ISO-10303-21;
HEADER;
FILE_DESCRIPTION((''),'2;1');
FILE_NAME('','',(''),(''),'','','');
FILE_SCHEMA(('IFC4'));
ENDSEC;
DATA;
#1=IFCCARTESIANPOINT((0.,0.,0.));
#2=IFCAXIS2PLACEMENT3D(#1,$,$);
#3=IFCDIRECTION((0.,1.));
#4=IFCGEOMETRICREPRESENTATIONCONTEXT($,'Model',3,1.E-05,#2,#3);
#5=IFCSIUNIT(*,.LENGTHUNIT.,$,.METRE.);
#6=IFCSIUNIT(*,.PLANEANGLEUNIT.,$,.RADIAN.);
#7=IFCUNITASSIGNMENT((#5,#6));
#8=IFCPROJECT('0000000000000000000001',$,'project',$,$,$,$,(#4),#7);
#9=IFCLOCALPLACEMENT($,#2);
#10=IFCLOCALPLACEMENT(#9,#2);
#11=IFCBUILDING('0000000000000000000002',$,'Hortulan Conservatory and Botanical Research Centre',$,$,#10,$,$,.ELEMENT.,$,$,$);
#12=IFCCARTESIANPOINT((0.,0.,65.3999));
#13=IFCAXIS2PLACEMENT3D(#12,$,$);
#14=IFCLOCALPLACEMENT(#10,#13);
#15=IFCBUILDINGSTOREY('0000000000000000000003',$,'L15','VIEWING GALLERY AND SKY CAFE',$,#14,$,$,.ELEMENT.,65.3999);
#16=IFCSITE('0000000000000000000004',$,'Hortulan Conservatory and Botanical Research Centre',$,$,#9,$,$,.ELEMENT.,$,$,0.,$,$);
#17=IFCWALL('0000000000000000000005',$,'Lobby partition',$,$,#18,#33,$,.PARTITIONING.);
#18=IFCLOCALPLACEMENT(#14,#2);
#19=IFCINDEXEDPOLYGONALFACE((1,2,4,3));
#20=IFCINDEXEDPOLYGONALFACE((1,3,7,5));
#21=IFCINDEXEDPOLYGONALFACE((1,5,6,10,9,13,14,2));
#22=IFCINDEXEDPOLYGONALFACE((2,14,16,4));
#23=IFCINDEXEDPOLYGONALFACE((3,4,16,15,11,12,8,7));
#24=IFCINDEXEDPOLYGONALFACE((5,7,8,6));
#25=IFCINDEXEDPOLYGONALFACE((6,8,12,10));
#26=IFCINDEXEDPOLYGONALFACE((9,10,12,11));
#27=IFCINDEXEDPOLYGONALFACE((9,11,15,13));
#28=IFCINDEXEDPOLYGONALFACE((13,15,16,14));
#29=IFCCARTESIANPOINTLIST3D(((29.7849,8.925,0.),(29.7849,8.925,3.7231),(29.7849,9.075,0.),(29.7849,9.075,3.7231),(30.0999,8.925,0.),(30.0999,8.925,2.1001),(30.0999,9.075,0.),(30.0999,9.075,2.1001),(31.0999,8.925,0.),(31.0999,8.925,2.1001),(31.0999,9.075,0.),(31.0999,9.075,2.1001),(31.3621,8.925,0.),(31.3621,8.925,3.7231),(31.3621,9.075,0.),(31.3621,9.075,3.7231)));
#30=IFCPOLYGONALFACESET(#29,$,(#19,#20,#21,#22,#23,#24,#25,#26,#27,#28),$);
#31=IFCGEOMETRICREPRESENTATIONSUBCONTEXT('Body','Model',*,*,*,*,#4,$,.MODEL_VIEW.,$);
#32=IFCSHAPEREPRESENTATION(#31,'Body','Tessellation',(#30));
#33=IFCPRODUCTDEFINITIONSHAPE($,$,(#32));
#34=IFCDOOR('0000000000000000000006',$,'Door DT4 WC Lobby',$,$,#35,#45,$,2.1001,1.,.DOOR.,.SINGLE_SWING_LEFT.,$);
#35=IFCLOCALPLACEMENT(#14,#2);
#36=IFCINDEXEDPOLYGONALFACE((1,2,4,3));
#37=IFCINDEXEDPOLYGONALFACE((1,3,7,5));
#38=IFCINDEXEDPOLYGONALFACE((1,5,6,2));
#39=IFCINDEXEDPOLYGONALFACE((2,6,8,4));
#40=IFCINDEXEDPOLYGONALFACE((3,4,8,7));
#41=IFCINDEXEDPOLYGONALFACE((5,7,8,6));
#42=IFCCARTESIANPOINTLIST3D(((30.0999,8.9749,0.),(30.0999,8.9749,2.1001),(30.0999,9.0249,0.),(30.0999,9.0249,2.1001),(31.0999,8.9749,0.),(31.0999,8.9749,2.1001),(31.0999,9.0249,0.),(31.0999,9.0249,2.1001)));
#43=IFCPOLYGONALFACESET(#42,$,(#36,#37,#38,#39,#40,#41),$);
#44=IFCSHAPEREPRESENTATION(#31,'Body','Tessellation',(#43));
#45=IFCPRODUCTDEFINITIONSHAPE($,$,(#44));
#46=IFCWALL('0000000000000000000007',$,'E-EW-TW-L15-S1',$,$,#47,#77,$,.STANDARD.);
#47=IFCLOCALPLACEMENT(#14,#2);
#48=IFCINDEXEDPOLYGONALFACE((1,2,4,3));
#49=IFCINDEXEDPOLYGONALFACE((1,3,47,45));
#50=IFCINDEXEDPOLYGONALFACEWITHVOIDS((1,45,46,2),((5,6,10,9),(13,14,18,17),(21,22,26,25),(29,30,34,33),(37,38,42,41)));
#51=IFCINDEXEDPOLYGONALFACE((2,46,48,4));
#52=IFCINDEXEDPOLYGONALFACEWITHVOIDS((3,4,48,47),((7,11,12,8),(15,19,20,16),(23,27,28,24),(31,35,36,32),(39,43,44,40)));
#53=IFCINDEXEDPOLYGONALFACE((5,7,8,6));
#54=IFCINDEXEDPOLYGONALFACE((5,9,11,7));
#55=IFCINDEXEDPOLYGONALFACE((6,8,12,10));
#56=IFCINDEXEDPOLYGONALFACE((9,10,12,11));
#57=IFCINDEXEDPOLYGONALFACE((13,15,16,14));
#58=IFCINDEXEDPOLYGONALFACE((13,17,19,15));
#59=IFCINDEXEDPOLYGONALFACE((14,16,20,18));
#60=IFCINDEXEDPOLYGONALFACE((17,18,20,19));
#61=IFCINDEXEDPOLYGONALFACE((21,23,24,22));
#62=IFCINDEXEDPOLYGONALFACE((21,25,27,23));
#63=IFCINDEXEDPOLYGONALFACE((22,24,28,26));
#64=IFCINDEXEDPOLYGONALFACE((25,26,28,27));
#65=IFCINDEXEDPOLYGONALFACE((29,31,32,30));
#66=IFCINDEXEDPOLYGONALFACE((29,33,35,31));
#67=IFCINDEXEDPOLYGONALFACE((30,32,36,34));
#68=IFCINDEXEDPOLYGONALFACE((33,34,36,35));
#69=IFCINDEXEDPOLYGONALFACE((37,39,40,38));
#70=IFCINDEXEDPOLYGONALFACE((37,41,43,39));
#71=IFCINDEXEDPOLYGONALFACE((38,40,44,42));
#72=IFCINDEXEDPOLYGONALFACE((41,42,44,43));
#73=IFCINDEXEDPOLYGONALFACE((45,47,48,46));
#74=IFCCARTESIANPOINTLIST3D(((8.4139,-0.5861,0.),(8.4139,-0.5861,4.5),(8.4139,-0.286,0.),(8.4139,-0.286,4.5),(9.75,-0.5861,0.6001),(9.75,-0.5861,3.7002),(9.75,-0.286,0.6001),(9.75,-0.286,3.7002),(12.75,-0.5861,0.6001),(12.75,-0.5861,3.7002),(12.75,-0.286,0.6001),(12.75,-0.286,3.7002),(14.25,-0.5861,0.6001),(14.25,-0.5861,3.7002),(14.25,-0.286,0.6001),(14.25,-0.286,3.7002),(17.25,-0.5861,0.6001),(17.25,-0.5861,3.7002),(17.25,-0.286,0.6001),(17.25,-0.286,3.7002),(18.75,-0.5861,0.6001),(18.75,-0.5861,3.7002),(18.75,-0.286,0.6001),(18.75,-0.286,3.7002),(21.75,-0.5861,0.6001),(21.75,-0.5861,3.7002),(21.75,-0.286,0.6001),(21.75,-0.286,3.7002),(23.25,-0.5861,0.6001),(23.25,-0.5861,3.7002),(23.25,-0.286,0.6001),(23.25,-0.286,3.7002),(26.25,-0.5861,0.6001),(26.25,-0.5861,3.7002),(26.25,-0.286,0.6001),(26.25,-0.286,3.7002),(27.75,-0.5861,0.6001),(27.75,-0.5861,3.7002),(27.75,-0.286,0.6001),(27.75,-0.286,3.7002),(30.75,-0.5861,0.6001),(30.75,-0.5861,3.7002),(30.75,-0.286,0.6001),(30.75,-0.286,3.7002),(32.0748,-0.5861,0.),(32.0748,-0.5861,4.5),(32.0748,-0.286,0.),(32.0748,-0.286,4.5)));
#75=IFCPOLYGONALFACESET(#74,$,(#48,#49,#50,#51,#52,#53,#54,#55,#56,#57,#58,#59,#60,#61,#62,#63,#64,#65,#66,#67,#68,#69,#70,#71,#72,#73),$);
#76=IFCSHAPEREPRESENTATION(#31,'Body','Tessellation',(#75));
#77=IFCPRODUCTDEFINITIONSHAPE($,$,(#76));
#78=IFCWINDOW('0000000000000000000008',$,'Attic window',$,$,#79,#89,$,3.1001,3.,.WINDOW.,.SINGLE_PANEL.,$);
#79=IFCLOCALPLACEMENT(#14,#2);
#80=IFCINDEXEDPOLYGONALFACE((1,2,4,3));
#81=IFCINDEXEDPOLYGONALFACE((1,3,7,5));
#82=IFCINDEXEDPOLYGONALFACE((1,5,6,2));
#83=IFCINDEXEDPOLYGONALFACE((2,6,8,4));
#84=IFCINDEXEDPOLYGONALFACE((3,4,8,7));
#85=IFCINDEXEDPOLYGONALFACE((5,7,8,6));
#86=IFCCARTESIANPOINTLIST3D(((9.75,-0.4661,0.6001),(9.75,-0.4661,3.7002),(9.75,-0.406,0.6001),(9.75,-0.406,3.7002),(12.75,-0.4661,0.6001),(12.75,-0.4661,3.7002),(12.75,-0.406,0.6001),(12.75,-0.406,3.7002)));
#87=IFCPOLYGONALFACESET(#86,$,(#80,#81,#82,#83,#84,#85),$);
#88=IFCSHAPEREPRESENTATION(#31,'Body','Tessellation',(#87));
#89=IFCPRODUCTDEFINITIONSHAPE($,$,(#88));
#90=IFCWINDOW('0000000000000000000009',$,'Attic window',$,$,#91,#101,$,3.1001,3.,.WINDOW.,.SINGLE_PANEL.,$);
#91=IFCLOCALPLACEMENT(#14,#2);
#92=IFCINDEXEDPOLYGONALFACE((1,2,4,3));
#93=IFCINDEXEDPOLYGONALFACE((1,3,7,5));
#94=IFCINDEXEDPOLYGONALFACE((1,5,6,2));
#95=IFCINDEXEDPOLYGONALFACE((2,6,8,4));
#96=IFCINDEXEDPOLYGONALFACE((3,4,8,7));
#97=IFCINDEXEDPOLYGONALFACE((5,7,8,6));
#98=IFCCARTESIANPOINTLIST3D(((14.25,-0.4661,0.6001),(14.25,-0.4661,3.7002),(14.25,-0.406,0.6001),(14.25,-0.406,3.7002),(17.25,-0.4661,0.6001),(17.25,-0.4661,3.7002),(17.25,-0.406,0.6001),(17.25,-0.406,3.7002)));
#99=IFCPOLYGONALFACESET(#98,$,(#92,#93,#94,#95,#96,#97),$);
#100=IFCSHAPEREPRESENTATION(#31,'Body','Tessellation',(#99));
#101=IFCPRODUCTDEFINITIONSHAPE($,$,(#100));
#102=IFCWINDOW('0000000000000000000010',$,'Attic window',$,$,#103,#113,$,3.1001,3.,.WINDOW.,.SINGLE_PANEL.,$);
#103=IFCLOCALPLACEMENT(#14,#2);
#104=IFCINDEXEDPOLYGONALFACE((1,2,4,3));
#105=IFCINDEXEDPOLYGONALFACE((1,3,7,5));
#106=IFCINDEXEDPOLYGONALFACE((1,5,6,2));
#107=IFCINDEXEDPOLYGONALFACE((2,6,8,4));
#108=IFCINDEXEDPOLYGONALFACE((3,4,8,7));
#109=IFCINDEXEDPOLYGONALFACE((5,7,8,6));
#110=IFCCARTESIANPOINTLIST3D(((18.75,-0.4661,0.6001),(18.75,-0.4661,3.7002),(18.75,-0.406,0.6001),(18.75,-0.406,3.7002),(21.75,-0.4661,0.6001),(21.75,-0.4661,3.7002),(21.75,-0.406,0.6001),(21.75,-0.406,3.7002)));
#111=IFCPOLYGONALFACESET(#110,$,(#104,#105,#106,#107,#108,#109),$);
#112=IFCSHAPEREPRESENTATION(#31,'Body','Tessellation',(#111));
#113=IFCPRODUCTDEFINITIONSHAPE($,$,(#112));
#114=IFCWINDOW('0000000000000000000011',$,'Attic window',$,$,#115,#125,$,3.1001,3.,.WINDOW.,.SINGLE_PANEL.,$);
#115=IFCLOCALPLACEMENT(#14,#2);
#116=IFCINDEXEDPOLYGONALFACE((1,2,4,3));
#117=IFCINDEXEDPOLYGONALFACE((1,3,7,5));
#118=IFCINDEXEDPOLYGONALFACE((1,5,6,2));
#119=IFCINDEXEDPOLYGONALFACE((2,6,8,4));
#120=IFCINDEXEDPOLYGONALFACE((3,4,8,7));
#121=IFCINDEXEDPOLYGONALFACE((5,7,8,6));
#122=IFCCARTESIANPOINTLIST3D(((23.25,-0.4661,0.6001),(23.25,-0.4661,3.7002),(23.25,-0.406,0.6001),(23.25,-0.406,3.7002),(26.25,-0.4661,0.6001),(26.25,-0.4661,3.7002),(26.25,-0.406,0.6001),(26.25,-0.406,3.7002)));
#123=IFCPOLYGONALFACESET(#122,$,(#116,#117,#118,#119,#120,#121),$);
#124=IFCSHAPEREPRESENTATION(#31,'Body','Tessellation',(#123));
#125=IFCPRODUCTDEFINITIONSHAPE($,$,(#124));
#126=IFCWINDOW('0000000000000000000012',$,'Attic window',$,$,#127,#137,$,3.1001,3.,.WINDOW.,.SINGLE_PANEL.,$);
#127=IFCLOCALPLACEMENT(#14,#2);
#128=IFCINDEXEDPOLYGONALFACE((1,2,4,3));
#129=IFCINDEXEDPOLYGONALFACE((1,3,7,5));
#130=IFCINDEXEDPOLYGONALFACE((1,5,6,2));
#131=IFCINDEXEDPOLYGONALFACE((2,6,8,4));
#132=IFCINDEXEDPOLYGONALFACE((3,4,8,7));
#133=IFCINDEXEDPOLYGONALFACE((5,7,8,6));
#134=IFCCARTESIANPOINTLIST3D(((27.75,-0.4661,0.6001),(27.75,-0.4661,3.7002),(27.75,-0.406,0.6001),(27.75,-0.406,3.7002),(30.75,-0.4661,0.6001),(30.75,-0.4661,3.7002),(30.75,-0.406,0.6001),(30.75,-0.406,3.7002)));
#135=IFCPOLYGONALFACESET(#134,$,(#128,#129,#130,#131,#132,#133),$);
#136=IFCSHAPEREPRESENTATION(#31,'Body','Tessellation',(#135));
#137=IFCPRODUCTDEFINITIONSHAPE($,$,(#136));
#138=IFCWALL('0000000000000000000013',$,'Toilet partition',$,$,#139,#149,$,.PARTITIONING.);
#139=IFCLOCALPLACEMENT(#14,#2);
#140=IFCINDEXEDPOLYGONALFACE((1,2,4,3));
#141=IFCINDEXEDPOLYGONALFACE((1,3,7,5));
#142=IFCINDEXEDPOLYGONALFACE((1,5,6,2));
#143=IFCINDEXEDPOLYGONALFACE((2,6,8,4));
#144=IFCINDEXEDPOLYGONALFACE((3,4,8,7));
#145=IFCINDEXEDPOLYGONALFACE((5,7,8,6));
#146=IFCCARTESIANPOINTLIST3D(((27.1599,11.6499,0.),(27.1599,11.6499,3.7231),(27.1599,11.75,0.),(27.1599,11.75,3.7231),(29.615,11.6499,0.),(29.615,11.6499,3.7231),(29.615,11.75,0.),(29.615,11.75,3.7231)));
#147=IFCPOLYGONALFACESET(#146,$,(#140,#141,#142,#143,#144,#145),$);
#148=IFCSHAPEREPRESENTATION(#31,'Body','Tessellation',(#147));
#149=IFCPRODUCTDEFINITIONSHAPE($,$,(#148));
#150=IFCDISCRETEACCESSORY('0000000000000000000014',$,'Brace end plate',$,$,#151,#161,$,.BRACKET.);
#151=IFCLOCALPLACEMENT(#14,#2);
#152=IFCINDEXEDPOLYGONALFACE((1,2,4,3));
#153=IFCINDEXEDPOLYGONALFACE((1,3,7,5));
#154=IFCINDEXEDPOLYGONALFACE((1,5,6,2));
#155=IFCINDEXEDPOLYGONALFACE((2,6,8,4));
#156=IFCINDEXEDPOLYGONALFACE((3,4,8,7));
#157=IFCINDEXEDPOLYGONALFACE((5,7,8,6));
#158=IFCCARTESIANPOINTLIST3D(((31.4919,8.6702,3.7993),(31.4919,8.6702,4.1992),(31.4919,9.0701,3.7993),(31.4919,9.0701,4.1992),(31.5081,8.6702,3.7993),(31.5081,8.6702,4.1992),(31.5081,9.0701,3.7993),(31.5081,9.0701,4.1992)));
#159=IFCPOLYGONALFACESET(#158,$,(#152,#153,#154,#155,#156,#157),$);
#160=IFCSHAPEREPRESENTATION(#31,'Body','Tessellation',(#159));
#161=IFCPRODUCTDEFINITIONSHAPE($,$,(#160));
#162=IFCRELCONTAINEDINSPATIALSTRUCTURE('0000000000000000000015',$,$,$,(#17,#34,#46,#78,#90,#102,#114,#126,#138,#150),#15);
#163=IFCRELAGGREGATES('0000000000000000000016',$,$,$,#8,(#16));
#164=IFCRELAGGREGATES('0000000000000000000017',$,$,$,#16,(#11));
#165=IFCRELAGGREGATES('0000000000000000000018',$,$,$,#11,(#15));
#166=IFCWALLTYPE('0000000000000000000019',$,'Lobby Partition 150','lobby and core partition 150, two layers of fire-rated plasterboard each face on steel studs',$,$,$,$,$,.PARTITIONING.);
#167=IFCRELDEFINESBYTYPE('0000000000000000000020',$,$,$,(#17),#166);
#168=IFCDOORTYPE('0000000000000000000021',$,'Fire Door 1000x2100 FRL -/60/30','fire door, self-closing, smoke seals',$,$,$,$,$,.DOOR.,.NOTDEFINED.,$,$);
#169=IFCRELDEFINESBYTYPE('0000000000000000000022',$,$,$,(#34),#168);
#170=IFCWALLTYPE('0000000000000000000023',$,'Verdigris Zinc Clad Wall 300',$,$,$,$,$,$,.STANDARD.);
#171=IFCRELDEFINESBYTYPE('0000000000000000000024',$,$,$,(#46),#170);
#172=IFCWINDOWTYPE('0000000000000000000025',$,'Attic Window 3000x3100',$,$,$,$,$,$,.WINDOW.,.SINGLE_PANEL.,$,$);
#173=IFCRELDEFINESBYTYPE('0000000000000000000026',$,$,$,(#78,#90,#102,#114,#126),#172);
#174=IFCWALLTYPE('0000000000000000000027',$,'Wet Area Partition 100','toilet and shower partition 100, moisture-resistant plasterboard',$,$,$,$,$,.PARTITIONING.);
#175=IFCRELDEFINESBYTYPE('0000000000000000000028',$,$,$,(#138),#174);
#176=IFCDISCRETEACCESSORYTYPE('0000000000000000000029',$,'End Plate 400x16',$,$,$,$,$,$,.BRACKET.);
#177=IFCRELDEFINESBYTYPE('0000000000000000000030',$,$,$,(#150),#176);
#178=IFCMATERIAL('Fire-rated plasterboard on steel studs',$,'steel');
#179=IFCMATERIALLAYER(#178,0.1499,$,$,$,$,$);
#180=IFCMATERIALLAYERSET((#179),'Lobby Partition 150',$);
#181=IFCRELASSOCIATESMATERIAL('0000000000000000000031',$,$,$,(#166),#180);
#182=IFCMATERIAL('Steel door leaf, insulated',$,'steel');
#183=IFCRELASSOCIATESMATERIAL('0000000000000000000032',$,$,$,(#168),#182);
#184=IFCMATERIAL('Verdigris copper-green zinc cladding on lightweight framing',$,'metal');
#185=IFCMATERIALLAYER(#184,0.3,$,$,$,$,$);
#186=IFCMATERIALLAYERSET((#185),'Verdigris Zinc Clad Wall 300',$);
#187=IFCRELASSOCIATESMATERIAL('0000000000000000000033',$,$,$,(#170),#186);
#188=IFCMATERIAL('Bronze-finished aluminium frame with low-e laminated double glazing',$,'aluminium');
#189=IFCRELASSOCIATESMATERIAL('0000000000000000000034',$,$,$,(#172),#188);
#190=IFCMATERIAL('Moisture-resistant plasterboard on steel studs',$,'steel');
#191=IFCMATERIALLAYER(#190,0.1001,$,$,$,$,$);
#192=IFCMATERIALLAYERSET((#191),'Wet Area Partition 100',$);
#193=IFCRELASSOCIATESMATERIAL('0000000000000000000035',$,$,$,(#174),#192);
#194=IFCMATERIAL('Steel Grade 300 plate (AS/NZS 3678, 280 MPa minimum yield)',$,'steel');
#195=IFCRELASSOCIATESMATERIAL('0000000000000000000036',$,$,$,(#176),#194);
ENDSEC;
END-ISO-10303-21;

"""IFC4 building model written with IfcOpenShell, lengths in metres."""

from ifc_helpers import new_model, si_unit, direction, frame, frame_2d, origin, origin_2d, place, context, subcontext, project, spatial, rectangle, extrude, material, layer, layer_set, type_object, element, fill, save


model = new_model("IFC4")

# Units and contexts
model_context = context("Model", 3, precision=1e-05, world=origin(), true_north=direction((0.0, 1.0)))
body_context = subcontext(model_context, "Body", "Model", "MODEL_VIEW")
ifc_project = project(units=[si_unit("LENGTHUNIT", "METRE"), si_unit("PLANEANGLEUNIT", "RADIAN")], contexts=[model_context])

# Site, building, storey
site_placement = place(None, origin())
site = spatial("IfcSite", under=ifc_project, at=site_placement, Name="Hortulan Conservatory and Botanical Research Centre", CompositionType="ELEMENT", RefElevation=0.0)
building_placement = place(site_placement, origin())
building = spatial("IfcBuilding", under=site, at=building_placement, Name="Hortulan Conservatory and Botanical Research Centre", CompositionType="ELEMENT")
storey_placement = place(building_placement, frame((0.0, 0.0, 65.3999)))
storey = spatial("IfcBuildingStorey", under=building, at=storey_placement, Name="L15", Description="VIEWING GALLERY AND SKY CAFE", CompositionType="ELEMENT", Elevation=65.3999)

# Shared definitions
ifc_material_1 = material(Name="Fire-rated plasterboard on steel studs", Category="steel")
ifc_material_2 = material(Name="Steel door leaf, insulated", Category="steel")

# Wall, opening, door
ifc_layer_1 = layer(ifc_material_1, 0.1499)
ifc_layer_set_1 = layer_set([ifc_layer_1], Name="Lobby Partition 150")
wall_type_1 = type_object("IfcWallType", Name="Lobby Partition 150", Description="lobby and core partition 150, two layers of fire-rated plasterboard each face on steel studs", PredefinedType="PARTITIONING", material=ifc_layer_set_1)
door_type_1 = type_object("IfcDoorType", Name="Fire Door 1000x2100 FRL -/60/30", Description="fire door, self-closing, smoke seals", OperationType="NOTDEFINED", PredefinedType="DOOR", material=ifc_material_2)
wall_1_placement = place(storey_placement, frame((29.7849, 9.0, 0.0), z_axis=(0.0, 0.0, 1.0), x_axis=(1.0, 0.0, 0.0)))
wall_1 = element("IfcWall", 1, at=wall_1_placement, inside=storey, type_object=wall_type_1, Name="Lobby partition", PredefinedType="PARTITIONING", context=body_context, shape_type="SweptSolid", body=[
    extrude(rectangle(XDim=1.5771, YDim=0.1499, at=frame_2d((0.7886, 0.0))), origin(), (0.0, 0.0, 1.0), 3.7231),
])
opening_1_placement = place(wall_1_placement, frame((0.3149, 0.0, 0.0)))
opening_1 = element("IfcOpeningElement", 2, at=opening_1_placement, cuts=wall_1, PredefinedType="OPENING", context=body_context, shape_type="SweptSolid", body=[
    extrude(rectangle(XDim=1.0, YDim=2.1001, at=frame_2d((0.5, 1.05))), frame((0.0, 0.085, 0.0), z_axis=(0.0, -1.0, 0.0), x_axis=(1.0, 0.0, 0.0)), (0.0, 0.0, 1.0), 0.1699),
])
door_1_placement = place(opening_1_placement, origin())
door_1 = element("IfcDoor", 3, at=door_1_placement, inside=storey, type_object=door_type_1, Name="Door DT4 WC Lobby", OperationType="SINGLE_SWING_LEFT", OverallHeight=2.1001, OverallWidth=1.0, PredefinedType="DOOR", context=body_context, shape_type="SweptSolid", body=[
    extrude(rectangle(XDim=1.0, YDim=2.1001, at=frame_2d((0.5, 1.05))), frame((0.0, 0.0249, 0.0), z_axis=(0.0, -1.0, 0.0), x_axis=(1.0, 0.0, 0.0)), (0.0, 0.0, 1.0), 0.05),
])
fill(opening_1, door_1)

# Wall, openings, windows
ifc_material_3 = material(Name="Verdigris copper-green zinc cladding on lightweight framing", Category="metal")
ifc_layer_2 = layer(ifc_material_3, 0.3)
ifc_layer_set_2 = layer_set([ifc_layer_2], Name="Verdigris Zinc Clad Wall 300")
wall_type_2 = type_object("IfcWallType", Name="Verdigris Zinc Clad Wall 300", PredefinedType="STANDARD", material=ifc_layer_set_2)
wall_2_placement = place(storey_placement, frame((32.075, -0.436, 0.0), z_axis=(0.0, 0.0, 1.0), x_axis=(-1.0, 0.0, 0.0)))
wall_2 = element("IfcWall", 4, at=wall_2_placement, inside=storey, type_object=wall_type_2, Name="E-EW-TW-L15-S1", PredefinedType="STANDARD", context=body_context, shape_type="SweptSolid", body=[
    extrude(rectangle(XDim=23.6609, YDim=0.3, at=frame_2d((11.8306, 0.0))), origin(), (0.0, 0.0, 1.0), 4.5),
])
opening_2_placement = place(wall_2_placement, frame((19.325, 0.0, 0.6001)))
opening_2 = element("IfcOpeningElement", 5, at=opening_2_placement, cuts=wall_2, PredefinedType="OPENING", context=body_context, shape_type="SweptSolid", body=[
    extrude(rectangle(XDim=3.0, YDim=3.1001, at=frame_2d((1.5, 1.55))), frame((0.0, 0.1599, 0.0), z_axis=(0.0, -1.0, 0.0), x_axis=(1.0, 0.0, 0.0)), (0.0, 0.0, 1.0), 0.3201),
])
opening_3_placement = place(wall_2_placement, frame((14.825, 0.0, 0.6001)))
opening_3 = element("IfcOpeningElement", 6, at=opening_3_placement, cuts=wall_2, PredefinedType="OPENING", context=body_context, shape_type="SweptSolid", body=[
    extrude(rectangle(XDim=3.0, YDim=3.1001, at=frame_2d((1.5, 1.55))), frame((0.0, 0.1599, 0.0), z_axis=(0.0, -1.0, 0.0), x_axis=(1.0, 0.0, 0.0)), (0.0, 0.0, 1.0), 0.3201),
])
opening_4_placement = place(wall_2_placement, frame((10.325, 0.0, 0.6001)))
opening_4 = element("IfcOpeningElement", 7, at=opening_4_placement, cuts=wall_2, PredefinedType="OPENING", context=body_context, shape_type="SweptSolid", body=[
    extrude(rectangle(XDim=3.0, YDim=3.1001, at=frame_2d((1.5, 1.55))), frame((0.0, 0.1599, 0.0), z_axis=(0.0, -1.0, 0.0), x_axis=(1.0, 0.0, 0.0)), (0.0, 0.0, 1.0), 0.3201),
])
opening_5_placement = place(wall_2_placement, frame((5.825, 0.0, 0.6001)))
opening_5 = element("IfcOpeningElement", 8, at=opening_5_placement, cuts=wall_2, PredefinedType="OPENING", context=body_context, shape_type="SweptSolid", body=[
    extrude(rectangle(XDim=3.0, YDim=3.1001, at=frame_2d((1.5, 1.55))), frame((0.0, 0.1599, 0.0), z_axis=(0.0, -1.0, 0.0), x_axis=(1.0, 0.0, 0.0)), (0.0, 0.0, 1.0), 0.3201),
])
opening_6_placement = place(wall_2_placement, frame((1.325, 0.0, 0.6001)))
opening_6 = element("IfcOpeningElement", 9, at=opening_6_placement, cuts=wall_2, PredefinedType="OPENING", context=body_context, shape_type="SweptSolid", body=[
    extrude(rectangle(XDim=3.0, YDim=3.1001, at=frame_2d((1.5, 1.55))), frame((0.0, 0.1599, 0.0), z_axis=(0.0, -1.0, 0.0), x_axis=(1.0, 0.0, 0.0)), (0.0, 0.0, 1.0), 0.3201),
])
ifc_material_4 = material(Name="Bronze-finished aluminium frame with low-e laminated double glazing", Category="aluminium")
window_type = type_object("IfcWindowType", Name="Attic Window 3000x3100", PartitioningType="SINGLE_PANEL", PredefinedType="WINDOW", material=ifc_material_4)
window_1_placement = place(opening_2_placement, origin())
window_1 = element("IfcWindow", 10, at=window_1_placement, inside=storey, type_object=window_type, Name="Attic window", OverallHeight=3.1001, OverallWidth=3.0, PartitioningType="SINGLE_PANEL", PredefinedType="WINDOW", context=body_context, shape_type="SweptSolid", body=[
    extrude(rectangle(XDim=3.0, YDim=3.1001, at=frame_2d((1.5, 1.55))), frame((0.0, 0.03, 0.0), z_axis=(0.0, -1.0, 0.0), x_axis=(1.0, 0.0, 0.0)), (0.0, 0.0, 1.0), 0.0601),
])
fill(opening_2, window_1)
window_2_placement = place(opening_3_placement, origin())
window_2 = element("IfcWindow", 11, at=window_2_placement, inside=storey, type_object=window_type, Name="Attic window", OverallHeight=3.1001, OverallWidth=3.0, PartitioningType="SINGLE_PANEL", PredefinedType="WINDOW", context=body_context, shape_type="SweptSolid", body=[
    extrude(rectangle(XDim=3.0, YDim=3.1001, at=frame_2d((1.5, 1.55))), frame((0.0, 0.03, 0.0), z_axis=(0.0, -1.0, 0.0), x_axis=(1.0, 0.0, 0.0)), (0.0, 0.0, 1.0), 0.0601),
])
fill(opening_3, window_2)
window_3_placement = place(opening_4_placement, origin())
window_3 = element("IfcWindow", 12, at=window_3_placement, inside=storey, type_object=window_type, Name="Attic window", OverallHeight=3.1001, OverallWidth=3.0, PartitioningType="SINGLE_PANEL", PredefinedType="WINDOW", context=body_context, shape_type="SweptSolid", body=[
    extrude(rectangle(XDim=3.0, YDim=3.1001, at=frame_2d((1.5, 1.55))), frame((0.0, 0.03, 0.0), z_axis=(0.0, -1.0, 0.0), x_axis=(1.0, 0.0, 0.0)), (0.0, 0.0, 1.0), 0.0601),
])
fill(opening_4, window_3)
window_4_placement = place(opening_5_placement, origin())
window_4 = element("IfcWindow", 13, at=window_4_placement, inside=storey, type_object=window_type, Name="Attic window", OverallHeight=3.1001, OverallWidth=3.0, PartitioningType="SINGLE_PANEL", PredefinedType="WINDOW", context=body_context, shape_type="SweptSolid", body=[
    extrude(rectangle(XDim=3.0, YDim=3.1001, at=frame_2d((1.5, 1.55))), frame((0.0, 0.03, 0.0), z_axis=(0.0, -1.0, 0.0), x_axis=(1.0, 0.0, 0.0)), (0.0, 0.0, 1.0), 0.0601),
])
fill(opening_5, window_4)
window_5_placement = place(opening_6_placement, origin())
window_5 = element("IfcWindow", 14, at=window_5_placement, inside=storey, type_object=window_type, Name="Attic window", OverallHeight=3.1001, OverallWidth=3.0, PartitioningType="SINGLE_PANEL", PredefinedType="WINDOW", context=body_context, shape_type="SweptSolid", body=[
    extrude(rectangle(XDim=3.0, YDim=3.1001, at=frame_2d((1.5, 1.55))), frame((0.0, 0.03, 0.0), z_axis=(0.0, -1.0, 0.0), x_axis=(1.0, 0.0, 0.0)), (0.0, 0.0, 1.0), 0.0601),
])
fill(opening_6, window_5)

# Wall
ifc_material_5 = material(Name="Moisture-resistant plasterboard on steel studs", Category="steel")
ifc_layer_3 = layer(ifc_material_5, 0.1001)
ifc_layer_set_3 = layer_set([ifc_layer_3], Name="Wet Area Partition 100")
wall_type_3 = type_object("IfcWallType", Name="Wet Area Partition 100", Description="toilet and shower partition 100, moisture-resistant plasterboard", PredefinedType="PARTITIONING", material=ifc_layer_set_3)
wall_3_placement = place(storey_placement, frame((27.1599, 11.7, 0.0), z_axis=(0.0, 0.0, 1.0), x_axis=(1.0, 0.0, 0.0)))
element("IfcWall", 15, at=wall_3_placement, inside=storey, type_object=wall_type_3, Name="Toilet partition", PredefinedType="PARTITIONING", context=body_context, shape_type="SweptSolid", body=[
    extrude(rectangle(XDim=2.4551, YDim=0.1001, at=frame_2d((1.2275, 0.0))), origin(), (0.0, 0.0, 1.0), 3.7231),
])

# Discrete accessory
ifc_material_6 = material(Name="Steel Grade 300 plate (AS/NZS 3678, 280 MPa minimum yield)", Category="steel")
discrete_accessory_type = type_object("IfcDiscreteAccessoryType", Name="End Plate 400x16", PredefinedType="BRACKET", material=ifc_material_6)
for number, where, z_axis, x_axis, name in (
    (16, (31.5, 8.8701, 3.7993), (0.0, 0.0, 1.0), (0.0, -1.0, 0.0), "Brace end plate"),
):
    element("IfcDiscreteAccessory", number, at=place(storey_placement, frame(where, z_axis=z_axis, x_axis=x_axis)), inside=storey, type_object=discrete_accessory_type, Name=name, PredefinedType="BRACKET", context=body_context, shape_type="SweptSolid", body=[
        extrude(rectangle(XDim=0.3999, YDim=0.0161, at=origin_2d()), origin(), (0.0, 0.0, 1.0), 0.3999),
    ])

save(model, "model.ifc")
